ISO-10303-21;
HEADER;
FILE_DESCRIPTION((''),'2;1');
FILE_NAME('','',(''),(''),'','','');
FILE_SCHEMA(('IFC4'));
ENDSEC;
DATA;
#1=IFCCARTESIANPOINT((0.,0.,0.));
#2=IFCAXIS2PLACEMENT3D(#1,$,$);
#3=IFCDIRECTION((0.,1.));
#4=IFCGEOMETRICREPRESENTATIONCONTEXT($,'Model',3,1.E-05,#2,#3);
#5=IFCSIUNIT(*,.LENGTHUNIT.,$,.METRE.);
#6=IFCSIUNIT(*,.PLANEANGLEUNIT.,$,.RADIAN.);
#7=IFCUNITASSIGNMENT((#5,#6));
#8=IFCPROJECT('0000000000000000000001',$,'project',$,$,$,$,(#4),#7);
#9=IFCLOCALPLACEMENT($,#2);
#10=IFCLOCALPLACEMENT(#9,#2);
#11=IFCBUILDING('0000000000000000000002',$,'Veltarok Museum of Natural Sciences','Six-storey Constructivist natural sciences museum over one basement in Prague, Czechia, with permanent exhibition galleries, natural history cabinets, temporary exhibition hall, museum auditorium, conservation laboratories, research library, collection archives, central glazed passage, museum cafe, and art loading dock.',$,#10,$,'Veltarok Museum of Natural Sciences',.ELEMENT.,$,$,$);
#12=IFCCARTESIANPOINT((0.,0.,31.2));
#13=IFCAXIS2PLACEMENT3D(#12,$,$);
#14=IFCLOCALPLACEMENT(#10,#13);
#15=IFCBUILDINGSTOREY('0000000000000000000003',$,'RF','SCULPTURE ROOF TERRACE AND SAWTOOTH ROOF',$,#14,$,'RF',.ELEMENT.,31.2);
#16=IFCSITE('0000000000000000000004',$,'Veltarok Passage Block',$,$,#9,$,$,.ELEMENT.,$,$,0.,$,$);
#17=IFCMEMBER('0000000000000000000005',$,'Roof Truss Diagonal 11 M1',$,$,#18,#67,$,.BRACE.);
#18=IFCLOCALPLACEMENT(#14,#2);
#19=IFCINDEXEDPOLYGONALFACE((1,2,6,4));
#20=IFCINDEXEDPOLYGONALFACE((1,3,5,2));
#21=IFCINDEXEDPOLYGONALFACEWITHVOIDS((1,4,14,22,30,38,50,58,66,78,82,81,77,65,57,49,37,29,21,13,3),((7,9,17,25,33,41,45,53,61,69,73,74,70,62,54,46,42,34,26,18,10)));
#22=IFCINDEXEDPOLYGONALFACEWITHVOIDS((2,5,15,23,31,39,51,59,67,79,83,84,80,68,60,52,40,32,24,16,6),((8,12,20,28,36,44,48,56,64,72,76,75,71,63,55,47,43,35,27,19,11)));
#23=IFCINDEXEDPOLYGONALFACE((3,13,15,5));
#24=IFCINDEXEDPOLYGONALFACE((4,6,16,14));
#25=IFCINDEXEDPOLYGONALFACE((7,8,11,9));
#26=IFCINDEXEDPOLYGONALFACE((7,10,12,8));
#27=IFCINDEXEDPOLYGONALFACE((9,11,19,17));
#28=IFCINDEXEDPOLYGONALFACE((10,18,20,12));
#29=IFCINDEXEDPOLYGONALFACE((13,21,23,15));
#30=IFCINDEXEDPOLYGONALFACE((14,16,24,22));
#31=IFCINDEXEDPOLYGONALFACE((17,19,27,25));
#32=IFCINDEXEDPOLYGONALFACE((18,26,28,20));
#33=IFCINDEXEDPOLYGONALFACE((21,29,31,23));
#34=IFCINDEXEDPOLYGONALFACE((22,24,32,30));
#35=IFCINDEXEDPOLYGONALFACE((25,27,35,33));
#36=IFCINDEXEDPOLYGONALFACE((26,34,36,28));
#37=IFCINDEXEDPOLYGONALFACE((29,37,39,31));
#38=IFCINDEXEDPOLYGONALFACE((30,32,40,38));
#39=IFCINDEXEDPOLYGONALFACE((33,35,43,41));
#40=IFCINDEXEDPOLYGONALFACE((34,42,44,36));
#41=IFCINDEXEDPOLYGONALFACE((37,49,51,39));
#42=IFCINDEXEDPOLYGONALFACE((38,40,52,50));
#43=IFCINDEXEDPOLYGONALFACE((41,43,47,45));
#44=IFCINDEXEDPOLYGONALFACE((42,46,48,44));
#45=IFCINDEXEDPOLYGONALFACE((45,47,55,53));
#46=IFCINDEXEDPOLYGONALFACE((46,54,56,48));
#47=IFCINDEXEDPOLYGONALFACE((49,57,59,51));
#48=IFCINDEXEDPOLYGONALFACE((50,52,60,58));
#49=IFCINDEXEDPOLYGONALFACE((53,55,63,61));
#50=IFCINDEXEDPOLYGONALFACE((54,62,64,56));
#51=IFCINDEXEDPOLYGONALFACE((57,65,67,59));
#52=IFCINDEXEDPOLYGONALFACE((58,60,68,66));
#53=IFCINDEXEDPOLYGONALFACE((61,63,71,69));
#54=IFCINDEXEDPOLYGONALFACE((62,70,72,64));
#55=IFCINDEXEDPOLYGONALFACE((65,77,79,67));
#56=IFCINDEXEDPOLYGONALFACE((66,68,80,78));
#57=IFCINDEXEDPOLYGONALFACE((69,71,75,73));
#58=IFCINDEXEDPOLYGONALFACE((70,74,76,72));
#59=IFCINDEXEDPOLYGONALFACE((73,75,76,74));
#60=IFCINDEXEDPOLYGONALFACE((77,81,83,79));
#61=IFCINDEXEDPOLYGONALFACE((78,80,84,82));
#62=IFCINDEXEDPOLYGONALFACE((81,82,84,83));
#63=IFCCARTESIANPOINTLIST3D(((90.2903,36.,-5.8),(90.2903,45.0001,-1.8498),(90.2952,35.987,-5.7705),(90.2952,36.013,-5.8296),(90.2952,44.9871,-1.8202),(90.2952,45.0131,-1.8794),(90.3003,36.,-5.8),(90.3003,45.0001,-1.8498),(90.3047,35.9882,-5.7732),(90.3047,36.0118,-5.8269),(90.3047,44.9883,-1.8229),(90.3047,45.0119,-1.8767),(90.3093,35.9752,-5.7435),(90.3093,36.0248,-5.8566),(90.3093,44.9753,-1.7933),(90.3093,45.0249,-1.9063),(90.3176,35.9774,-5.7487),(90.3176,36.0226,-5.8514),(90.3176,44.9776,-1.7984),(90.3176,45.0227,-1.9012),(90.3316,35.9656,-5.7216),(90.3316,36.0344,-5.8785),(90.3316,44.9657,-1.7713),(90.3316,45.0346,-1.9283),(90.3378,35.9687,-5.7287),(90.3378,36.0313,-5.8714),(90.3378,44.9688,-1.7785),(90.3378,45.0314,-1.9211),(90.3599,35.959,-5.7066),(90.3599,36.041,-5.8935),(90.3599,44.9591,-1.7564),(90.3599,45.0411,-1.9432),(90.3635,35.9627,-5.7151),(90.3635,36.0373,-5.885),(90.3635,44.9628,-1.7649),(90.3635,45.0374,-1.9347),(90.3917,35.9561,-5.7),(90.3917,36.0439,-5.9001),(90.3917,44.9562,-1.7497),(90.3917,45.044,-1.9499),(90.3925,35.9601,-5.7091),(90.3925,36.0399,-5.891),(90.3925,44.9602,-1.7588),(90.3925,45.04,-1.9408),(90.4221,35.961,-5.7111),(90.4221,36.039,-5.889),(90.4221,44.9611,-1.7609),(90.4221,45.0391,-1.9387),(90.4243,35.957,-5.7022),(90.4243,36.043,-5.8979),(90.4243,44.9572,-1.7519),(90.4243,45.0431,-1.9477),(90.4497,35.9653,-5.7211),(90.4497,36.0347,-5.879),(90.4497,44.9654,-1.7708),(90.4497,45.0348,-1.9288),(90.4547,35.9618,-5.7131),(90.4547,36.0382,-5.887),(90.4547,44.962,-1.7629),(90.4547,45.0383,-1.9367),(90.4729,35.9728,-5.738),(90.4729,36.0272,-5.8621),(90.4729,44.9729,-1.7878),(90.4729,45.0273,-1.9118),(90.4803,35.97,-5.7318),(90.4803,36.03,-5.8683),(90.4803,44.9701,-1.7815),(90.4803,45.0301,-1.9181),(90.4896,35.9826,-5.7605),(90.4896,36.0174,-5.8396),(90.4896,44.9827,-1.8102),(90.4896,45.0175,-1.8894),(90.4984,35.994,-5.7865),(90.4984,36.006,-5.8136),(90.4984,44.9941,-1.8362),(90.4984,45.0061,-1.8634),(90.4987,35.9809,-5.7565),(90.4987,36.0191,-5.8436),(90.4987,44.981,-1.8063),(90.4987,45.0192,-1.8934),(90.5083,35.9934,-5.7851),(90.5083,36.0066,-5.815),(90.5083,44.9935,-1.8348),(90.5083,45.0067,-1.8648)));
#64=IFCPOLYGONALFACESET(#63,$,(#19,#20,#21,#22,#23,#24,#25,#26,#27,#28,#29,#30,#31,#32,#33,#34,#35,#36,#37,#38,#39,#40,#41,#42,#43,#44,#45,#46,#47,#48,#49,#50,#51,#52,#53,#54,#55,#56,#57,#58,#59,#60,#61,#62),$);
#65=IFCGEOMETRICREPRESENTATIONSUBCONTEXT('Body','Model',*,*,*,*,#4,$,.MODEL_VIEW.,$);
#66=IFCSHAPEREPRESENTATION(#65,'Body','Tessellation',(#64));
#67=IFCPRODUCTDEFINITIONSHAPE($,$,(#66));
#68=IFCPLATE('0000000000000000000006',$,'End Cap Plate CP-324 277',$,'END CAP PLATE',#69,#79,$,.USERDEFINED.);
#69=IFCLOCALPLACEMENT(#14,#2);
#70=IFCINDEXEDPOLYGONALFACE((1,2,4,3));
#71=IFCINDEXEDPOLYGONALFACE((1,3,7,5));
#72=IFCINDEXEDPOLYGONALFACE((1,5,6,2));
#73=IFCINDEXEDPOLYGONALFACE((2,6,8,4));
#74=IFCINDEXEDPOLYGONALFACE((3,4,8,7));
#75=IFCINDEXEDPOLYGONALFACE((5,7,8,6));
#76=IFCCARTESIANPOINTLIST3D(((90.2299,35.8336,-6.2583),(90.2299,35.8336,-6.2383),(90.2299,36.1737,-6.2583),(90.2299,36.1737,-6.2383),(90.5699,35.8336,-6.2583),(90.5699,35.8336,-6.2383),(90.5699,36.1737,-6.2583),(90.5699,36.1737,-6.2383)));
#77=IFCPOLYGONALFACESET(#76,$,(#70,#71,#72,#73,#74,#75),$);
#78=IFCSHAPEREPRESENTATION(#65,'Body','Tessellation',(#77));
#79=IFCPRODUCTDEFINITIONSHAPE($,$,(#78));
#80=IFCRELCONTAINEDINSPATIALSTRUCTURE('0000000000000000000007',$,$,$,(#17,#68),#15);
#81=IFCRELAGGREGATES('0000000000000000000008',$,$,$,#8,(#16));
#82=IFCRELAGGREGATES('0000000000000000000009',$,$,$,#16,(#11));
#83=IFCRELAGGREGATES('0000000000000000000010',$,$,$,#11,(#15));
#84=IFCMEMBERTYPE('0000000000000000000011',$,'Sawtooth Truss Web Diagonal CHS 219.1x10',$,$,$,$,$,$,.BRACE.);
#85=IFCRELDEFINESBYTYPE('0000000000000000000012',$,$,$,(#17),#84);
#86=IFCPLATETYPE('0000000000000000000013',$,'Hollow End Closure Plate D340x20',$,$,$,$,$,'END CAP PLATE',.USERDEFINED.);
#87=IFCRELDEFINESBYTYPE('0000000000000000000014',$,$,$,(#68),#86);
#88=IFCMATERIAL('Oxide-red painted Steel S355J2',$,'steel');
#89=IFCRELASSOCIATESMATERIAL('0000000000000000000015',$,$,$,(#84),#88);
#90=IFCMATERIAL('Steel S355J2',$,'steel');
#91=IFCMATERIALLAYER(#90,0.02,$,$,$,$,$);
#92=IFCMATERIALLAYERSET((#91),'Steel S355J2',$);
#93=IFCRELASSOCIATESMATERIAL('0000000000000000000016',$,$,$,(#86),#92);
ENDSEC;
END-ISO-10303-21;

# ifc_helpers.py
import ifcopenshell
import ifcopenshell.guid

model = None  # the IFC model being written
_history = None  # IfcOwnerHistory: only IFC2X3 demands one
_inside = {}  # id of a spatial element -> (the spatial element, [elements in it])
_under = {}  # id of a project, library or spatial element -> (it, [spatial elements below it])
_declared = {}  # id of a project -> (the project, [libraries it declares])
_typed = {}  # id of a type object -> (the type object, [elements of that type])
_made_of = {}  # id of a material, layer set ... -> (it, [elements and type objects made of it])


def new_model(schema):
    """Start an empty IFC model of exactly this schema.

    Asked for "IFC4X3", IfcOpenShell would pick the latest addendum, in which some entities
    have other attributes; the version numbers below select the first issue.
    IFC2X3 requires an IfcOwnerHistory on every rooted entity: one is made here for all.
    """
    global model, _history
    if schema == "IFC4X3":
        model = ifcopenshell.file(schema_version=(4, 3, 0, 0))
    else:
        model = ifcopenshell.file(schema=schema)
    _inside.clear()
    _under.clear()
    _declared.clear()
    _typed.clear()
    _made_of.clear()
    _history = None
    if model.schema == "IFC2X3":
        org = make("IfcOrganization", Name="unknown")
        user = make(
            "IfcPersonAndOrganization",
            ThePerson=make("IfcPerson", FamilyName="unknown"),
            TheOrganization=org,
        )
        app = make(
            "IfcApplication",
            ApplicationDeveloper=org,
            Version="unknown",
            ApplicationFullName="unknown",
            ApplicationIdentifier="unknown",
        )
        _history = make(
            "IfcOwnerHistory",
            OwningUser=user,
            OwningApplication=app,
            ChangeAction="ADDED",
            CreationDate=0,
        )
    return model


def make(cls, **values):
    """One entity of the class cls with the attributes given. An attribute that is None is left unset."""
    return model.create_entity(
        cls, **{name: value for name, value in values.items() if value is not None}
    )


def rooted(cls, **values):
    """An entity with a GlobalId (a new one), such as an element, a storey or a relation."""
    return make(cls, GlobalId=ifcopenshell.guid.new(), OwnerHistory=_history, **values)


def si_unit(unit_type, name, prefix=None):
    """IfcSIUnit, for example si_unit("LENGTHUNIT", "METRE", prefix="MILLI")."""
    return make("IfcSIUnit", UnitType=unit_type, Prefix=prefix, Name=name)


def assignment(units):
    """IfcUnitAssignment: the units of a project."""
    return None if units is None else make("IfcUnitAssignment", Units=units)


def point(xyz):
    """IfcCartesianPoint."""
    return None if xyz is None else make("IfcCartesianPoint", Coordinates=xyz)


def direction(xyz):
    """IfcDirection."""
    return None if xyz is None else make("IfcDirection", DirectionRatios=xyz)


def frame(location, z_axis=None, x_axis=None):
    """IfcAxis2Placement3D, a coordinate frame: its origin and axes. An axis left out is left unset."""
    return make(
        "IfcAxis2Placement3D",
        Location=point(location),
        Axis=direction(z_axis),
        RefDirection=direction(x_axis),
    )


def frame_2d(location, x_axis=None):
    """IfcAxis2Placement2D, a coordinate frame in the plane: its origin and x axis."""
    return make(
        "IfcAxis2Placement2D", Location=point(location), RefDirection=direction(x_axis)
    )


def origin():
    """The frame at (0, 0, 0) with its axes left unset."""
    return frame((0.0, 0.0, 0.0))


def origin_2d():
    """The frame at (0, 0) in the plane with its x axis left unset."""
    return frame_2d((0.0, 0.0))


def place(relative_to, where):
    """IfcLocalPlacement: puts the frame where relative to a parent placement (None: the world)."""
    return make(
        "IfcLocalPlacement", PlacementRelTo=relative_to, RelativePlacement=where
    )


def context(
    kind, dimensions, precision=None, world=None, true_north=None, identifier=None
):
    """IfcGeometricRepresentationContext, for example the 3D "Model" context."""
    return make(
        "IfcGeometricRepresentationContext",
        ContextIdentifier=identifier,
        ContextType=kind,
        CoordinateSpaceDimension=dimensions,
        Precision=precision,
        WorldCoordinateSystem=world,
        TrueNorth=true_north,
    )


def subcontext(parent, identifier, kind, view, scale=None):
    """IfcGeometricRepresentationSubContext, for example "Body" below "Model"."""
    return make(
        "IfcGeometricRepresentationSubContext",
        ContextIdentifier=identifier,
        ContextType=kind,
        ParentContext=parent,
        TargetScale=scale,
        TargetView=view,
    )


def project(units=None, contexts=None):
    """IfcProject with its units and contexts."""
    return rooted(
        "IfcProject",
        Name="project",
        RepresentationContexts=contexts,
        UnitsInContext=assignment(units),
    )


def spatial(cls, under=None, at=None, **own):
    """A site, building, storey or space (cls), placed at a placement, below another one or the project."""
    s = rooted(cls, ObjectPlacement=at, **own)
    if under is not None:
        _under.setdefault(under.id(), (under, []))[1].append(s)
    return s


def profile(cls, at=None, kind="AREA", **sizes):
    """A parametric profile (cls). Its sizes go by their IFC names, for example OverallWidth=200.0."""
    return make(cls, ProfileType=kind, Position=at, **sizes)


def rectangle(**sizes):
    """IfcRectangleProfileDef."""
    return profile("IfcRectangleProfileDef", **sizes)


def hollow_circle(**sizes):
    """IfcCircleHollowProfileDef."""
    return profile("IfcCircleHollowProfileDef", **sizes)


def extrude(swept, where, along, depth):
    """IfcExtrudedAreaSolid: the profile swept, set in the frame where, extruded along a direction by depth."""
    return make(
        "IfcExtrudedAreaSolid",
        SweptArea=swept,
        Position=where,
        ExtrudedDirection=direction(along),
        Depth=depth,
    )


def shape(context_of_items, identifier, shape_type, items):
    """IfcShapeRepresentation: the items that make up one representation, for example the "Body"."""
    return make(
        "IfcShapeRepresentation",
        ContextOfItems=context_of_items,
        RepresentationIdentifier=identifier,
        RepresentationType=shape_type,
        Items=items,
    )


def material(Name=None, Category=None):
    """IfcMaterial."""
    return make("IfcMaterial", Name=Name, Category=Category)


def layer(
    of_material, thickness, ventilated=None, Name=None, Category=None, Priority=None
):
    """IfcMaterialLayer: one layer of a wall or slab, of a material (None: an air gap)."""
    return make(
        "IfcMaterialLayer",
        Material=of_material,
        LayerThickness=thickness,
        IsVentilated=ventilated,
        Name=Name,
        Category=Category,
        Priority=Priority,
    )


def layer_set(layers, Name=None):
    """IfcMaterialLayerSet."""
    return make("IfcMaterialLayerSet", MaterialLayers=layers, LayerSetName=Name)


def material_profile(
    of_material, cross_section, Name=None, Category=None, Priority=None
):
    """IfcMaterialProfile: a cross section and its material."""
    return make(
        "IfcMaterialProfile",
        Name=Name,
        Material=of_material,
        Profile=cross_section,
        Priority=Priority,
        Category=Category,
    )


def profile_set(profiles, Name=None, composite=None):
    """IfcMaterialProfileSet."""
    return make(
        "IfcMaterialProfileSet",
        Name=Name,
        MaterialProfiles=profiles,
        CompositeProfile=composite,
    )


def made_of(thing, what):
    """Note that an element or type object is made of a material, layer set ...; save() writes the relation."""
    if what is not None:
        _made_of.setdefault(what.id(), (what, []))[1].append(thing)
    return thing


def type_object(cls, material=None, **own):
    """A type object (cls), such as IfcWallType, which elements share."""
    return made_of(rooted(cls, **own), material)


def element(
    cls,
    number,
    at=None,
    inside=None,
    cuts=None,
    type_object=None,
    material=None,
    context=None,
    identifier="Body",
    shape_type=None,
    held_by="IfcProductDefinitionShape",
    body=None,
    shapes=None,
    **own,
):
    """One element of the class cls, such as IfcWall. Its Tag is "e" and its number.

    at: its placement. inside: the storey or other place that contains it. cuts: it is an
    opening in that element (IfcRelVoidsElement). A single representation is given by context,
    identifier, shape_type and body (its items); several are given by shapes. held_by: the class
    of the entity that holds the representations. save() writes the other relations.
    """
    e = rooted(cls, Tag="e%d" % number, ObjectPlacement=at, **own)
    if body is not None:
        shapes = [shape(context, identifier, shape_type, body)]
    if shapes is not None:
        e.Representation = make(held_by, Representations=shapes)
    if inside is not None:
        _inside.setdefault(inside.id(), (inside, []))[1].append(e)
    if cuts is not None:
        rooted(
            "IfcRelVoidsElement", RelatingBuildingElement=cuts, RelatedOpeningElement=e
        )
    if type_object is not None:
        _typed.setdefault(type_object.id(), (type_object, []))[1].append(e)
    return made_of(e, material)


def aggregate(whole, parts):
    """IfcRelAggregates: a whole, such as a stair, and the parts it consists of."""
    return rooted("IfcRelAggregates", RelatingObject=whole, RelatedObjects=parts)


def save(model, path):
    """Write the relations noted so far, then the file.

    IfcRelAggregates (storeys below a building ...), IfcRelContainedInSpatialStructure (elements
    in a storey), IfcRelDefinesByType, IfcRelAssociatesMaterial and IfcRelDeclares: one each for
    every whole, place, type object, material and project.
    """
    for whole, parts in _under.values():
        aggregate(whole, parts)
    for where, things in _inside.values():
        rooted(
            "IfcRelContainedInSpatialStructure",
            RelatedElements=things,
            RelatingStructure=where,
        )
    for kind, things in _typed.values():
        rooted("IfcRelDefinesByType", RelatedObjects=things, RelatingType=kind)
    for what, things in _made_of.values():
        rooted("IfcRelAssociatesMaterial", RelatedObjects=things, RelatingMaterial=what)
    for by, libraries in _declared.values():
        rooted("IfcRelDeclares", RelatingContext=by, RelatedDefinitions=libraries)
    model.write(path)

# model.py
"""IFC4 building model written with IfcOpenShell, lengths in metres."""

from ifc_helpers import new_model, si_unit, direction, frame, origin, origin_2d, place, context, subcontext, project, spatial, rectangle, hollow_circle, extrude, material, layer, layer_set, material_profile, profile_set, type_object, element, save


model = new_model("IFC4")

# Units and contexts
model_context = context("Model", 3, precision=1e-05, world=origin(), true_north=direction((0.0, 1.0)))
body_context = subcontext(model_context, "Body", "Model", "MODEL_VIEW")
ifc_project = project(units=[si_unit("LENGTHUNIT", "METRE"), si_unit("PLANEANGLEUNIT", "RADIAN")], contexts=[model_context])

# Site, building, storey
site_placement = place(None, origin())
site = spatial("IfcSite", under=ifc_project, at=site_placement, Name="Veltarok Passage Block", CompositionType="ELEMENT", RefElevation=0.0)
building_placement = place(site_placement, origin())
building = spatial("IfcBuilding", under=site, at=building_placement, Name="Veltarok Museum of Natural Sciences", Description="Six-storey Constructivist natural sciences museum over one basement in Prague, Czechia, with permanent exhibition galleries, natural history cabinets, temporary exhibition hall, museum auditorium, conservation laboratories, research library, collection archives, central glazed passage, museum cafe, and art loading dock.", LongName="Veltarok Museum of Natural Sciences", CompositionType="ELEMENT")
storey_placement = place(building_placement, frame((0.0, 0.0, 31.2)))
storey = spatial("IfcBuildingStorey", under=building, at=storey_placement, Name="RF", Description="SCULPTURE ROOF TERRACE AND SAWTOOTH ROOF", LongName="RF", CompositionType="ELEMENT", Elevation=31.2)

# Shared definitions
ifc_material_1 = material(Name="Steel S355J2", Category="steel")

# Member
ifc_material_2 = material(Name="Oxide-red painted Steel S355J2", Category="steel")
ifc_material_profile_1 = material_profile(ifc_material_2, hollow_circle(Radius=0.1096, WallThickness=0.01, at=origin_2d()), Name="CHS 219.1x10")
ifc_profile_set_1 = profile_set([ifc_material_profile_1], Name="Oxide-red painted Steel S355J2")
member_type_1 = type_object("IfcMemberType", Name="Sawtooth Truss Web Diagonal CHS 219.1x10", PredefinedType="BRACE", material=ifc_profile_set_1)
member_1_placement = place(storey_placement, frame((90.3999, 36.0, -5.8), z_axis=(0.0, 0.915682, 0.401903), x_axis=(-1.0, 0.0, 0.0)))
element("IfcMember", 1, at=member_1_placement, inside=storey, type_object=member_type_1, Name="Roof Truss Diagonal 11 M1", PredefinedType="BRACE", context=body_context, shape_type="SweptSolid", body=[
    extrude(hollow_circle(Radius=0.1096, WallThickness=0.01, at=origin_2d()), origin(), (0.0, 0.0, 1.0), 9.8289),
])

# Plate
ifc_layer = layer(ifc_material_1, 0.02)
ifc_layer_set = layer_set([ifc_layer], Name="Steel S355J2")
plate_type = type_object("IfcPlateType", Name="Hollow End Closure Plate D340x20", ElementType="END CAP PLATE", PredefinedType="USERDEFINED", material=ifc_layer_set)
plate_placement = place(storey_placement, frame((90.3999, 36.0037, -6.2583), z_axis=(0.0, 0.0, 1.0), x_axis=(0.0, 1.0, 0.0)))
element("IfcPlate", 2, at=plate_placement, inside=storey, type_object=plate_type, Name="End Cap Plate CP-324 277", ObjectType="END CAP PLATE", PredefinedType="USERDEFINED", context=body_context, shape_type="SweptSolid", body=[
    extrude(rectangle(XDim=0.3401, YDim=0.3401, at=origin_2d()), origin(), (0.0, 0.0, 1.0), 0.02),
])

save(model, "model.ifc")
